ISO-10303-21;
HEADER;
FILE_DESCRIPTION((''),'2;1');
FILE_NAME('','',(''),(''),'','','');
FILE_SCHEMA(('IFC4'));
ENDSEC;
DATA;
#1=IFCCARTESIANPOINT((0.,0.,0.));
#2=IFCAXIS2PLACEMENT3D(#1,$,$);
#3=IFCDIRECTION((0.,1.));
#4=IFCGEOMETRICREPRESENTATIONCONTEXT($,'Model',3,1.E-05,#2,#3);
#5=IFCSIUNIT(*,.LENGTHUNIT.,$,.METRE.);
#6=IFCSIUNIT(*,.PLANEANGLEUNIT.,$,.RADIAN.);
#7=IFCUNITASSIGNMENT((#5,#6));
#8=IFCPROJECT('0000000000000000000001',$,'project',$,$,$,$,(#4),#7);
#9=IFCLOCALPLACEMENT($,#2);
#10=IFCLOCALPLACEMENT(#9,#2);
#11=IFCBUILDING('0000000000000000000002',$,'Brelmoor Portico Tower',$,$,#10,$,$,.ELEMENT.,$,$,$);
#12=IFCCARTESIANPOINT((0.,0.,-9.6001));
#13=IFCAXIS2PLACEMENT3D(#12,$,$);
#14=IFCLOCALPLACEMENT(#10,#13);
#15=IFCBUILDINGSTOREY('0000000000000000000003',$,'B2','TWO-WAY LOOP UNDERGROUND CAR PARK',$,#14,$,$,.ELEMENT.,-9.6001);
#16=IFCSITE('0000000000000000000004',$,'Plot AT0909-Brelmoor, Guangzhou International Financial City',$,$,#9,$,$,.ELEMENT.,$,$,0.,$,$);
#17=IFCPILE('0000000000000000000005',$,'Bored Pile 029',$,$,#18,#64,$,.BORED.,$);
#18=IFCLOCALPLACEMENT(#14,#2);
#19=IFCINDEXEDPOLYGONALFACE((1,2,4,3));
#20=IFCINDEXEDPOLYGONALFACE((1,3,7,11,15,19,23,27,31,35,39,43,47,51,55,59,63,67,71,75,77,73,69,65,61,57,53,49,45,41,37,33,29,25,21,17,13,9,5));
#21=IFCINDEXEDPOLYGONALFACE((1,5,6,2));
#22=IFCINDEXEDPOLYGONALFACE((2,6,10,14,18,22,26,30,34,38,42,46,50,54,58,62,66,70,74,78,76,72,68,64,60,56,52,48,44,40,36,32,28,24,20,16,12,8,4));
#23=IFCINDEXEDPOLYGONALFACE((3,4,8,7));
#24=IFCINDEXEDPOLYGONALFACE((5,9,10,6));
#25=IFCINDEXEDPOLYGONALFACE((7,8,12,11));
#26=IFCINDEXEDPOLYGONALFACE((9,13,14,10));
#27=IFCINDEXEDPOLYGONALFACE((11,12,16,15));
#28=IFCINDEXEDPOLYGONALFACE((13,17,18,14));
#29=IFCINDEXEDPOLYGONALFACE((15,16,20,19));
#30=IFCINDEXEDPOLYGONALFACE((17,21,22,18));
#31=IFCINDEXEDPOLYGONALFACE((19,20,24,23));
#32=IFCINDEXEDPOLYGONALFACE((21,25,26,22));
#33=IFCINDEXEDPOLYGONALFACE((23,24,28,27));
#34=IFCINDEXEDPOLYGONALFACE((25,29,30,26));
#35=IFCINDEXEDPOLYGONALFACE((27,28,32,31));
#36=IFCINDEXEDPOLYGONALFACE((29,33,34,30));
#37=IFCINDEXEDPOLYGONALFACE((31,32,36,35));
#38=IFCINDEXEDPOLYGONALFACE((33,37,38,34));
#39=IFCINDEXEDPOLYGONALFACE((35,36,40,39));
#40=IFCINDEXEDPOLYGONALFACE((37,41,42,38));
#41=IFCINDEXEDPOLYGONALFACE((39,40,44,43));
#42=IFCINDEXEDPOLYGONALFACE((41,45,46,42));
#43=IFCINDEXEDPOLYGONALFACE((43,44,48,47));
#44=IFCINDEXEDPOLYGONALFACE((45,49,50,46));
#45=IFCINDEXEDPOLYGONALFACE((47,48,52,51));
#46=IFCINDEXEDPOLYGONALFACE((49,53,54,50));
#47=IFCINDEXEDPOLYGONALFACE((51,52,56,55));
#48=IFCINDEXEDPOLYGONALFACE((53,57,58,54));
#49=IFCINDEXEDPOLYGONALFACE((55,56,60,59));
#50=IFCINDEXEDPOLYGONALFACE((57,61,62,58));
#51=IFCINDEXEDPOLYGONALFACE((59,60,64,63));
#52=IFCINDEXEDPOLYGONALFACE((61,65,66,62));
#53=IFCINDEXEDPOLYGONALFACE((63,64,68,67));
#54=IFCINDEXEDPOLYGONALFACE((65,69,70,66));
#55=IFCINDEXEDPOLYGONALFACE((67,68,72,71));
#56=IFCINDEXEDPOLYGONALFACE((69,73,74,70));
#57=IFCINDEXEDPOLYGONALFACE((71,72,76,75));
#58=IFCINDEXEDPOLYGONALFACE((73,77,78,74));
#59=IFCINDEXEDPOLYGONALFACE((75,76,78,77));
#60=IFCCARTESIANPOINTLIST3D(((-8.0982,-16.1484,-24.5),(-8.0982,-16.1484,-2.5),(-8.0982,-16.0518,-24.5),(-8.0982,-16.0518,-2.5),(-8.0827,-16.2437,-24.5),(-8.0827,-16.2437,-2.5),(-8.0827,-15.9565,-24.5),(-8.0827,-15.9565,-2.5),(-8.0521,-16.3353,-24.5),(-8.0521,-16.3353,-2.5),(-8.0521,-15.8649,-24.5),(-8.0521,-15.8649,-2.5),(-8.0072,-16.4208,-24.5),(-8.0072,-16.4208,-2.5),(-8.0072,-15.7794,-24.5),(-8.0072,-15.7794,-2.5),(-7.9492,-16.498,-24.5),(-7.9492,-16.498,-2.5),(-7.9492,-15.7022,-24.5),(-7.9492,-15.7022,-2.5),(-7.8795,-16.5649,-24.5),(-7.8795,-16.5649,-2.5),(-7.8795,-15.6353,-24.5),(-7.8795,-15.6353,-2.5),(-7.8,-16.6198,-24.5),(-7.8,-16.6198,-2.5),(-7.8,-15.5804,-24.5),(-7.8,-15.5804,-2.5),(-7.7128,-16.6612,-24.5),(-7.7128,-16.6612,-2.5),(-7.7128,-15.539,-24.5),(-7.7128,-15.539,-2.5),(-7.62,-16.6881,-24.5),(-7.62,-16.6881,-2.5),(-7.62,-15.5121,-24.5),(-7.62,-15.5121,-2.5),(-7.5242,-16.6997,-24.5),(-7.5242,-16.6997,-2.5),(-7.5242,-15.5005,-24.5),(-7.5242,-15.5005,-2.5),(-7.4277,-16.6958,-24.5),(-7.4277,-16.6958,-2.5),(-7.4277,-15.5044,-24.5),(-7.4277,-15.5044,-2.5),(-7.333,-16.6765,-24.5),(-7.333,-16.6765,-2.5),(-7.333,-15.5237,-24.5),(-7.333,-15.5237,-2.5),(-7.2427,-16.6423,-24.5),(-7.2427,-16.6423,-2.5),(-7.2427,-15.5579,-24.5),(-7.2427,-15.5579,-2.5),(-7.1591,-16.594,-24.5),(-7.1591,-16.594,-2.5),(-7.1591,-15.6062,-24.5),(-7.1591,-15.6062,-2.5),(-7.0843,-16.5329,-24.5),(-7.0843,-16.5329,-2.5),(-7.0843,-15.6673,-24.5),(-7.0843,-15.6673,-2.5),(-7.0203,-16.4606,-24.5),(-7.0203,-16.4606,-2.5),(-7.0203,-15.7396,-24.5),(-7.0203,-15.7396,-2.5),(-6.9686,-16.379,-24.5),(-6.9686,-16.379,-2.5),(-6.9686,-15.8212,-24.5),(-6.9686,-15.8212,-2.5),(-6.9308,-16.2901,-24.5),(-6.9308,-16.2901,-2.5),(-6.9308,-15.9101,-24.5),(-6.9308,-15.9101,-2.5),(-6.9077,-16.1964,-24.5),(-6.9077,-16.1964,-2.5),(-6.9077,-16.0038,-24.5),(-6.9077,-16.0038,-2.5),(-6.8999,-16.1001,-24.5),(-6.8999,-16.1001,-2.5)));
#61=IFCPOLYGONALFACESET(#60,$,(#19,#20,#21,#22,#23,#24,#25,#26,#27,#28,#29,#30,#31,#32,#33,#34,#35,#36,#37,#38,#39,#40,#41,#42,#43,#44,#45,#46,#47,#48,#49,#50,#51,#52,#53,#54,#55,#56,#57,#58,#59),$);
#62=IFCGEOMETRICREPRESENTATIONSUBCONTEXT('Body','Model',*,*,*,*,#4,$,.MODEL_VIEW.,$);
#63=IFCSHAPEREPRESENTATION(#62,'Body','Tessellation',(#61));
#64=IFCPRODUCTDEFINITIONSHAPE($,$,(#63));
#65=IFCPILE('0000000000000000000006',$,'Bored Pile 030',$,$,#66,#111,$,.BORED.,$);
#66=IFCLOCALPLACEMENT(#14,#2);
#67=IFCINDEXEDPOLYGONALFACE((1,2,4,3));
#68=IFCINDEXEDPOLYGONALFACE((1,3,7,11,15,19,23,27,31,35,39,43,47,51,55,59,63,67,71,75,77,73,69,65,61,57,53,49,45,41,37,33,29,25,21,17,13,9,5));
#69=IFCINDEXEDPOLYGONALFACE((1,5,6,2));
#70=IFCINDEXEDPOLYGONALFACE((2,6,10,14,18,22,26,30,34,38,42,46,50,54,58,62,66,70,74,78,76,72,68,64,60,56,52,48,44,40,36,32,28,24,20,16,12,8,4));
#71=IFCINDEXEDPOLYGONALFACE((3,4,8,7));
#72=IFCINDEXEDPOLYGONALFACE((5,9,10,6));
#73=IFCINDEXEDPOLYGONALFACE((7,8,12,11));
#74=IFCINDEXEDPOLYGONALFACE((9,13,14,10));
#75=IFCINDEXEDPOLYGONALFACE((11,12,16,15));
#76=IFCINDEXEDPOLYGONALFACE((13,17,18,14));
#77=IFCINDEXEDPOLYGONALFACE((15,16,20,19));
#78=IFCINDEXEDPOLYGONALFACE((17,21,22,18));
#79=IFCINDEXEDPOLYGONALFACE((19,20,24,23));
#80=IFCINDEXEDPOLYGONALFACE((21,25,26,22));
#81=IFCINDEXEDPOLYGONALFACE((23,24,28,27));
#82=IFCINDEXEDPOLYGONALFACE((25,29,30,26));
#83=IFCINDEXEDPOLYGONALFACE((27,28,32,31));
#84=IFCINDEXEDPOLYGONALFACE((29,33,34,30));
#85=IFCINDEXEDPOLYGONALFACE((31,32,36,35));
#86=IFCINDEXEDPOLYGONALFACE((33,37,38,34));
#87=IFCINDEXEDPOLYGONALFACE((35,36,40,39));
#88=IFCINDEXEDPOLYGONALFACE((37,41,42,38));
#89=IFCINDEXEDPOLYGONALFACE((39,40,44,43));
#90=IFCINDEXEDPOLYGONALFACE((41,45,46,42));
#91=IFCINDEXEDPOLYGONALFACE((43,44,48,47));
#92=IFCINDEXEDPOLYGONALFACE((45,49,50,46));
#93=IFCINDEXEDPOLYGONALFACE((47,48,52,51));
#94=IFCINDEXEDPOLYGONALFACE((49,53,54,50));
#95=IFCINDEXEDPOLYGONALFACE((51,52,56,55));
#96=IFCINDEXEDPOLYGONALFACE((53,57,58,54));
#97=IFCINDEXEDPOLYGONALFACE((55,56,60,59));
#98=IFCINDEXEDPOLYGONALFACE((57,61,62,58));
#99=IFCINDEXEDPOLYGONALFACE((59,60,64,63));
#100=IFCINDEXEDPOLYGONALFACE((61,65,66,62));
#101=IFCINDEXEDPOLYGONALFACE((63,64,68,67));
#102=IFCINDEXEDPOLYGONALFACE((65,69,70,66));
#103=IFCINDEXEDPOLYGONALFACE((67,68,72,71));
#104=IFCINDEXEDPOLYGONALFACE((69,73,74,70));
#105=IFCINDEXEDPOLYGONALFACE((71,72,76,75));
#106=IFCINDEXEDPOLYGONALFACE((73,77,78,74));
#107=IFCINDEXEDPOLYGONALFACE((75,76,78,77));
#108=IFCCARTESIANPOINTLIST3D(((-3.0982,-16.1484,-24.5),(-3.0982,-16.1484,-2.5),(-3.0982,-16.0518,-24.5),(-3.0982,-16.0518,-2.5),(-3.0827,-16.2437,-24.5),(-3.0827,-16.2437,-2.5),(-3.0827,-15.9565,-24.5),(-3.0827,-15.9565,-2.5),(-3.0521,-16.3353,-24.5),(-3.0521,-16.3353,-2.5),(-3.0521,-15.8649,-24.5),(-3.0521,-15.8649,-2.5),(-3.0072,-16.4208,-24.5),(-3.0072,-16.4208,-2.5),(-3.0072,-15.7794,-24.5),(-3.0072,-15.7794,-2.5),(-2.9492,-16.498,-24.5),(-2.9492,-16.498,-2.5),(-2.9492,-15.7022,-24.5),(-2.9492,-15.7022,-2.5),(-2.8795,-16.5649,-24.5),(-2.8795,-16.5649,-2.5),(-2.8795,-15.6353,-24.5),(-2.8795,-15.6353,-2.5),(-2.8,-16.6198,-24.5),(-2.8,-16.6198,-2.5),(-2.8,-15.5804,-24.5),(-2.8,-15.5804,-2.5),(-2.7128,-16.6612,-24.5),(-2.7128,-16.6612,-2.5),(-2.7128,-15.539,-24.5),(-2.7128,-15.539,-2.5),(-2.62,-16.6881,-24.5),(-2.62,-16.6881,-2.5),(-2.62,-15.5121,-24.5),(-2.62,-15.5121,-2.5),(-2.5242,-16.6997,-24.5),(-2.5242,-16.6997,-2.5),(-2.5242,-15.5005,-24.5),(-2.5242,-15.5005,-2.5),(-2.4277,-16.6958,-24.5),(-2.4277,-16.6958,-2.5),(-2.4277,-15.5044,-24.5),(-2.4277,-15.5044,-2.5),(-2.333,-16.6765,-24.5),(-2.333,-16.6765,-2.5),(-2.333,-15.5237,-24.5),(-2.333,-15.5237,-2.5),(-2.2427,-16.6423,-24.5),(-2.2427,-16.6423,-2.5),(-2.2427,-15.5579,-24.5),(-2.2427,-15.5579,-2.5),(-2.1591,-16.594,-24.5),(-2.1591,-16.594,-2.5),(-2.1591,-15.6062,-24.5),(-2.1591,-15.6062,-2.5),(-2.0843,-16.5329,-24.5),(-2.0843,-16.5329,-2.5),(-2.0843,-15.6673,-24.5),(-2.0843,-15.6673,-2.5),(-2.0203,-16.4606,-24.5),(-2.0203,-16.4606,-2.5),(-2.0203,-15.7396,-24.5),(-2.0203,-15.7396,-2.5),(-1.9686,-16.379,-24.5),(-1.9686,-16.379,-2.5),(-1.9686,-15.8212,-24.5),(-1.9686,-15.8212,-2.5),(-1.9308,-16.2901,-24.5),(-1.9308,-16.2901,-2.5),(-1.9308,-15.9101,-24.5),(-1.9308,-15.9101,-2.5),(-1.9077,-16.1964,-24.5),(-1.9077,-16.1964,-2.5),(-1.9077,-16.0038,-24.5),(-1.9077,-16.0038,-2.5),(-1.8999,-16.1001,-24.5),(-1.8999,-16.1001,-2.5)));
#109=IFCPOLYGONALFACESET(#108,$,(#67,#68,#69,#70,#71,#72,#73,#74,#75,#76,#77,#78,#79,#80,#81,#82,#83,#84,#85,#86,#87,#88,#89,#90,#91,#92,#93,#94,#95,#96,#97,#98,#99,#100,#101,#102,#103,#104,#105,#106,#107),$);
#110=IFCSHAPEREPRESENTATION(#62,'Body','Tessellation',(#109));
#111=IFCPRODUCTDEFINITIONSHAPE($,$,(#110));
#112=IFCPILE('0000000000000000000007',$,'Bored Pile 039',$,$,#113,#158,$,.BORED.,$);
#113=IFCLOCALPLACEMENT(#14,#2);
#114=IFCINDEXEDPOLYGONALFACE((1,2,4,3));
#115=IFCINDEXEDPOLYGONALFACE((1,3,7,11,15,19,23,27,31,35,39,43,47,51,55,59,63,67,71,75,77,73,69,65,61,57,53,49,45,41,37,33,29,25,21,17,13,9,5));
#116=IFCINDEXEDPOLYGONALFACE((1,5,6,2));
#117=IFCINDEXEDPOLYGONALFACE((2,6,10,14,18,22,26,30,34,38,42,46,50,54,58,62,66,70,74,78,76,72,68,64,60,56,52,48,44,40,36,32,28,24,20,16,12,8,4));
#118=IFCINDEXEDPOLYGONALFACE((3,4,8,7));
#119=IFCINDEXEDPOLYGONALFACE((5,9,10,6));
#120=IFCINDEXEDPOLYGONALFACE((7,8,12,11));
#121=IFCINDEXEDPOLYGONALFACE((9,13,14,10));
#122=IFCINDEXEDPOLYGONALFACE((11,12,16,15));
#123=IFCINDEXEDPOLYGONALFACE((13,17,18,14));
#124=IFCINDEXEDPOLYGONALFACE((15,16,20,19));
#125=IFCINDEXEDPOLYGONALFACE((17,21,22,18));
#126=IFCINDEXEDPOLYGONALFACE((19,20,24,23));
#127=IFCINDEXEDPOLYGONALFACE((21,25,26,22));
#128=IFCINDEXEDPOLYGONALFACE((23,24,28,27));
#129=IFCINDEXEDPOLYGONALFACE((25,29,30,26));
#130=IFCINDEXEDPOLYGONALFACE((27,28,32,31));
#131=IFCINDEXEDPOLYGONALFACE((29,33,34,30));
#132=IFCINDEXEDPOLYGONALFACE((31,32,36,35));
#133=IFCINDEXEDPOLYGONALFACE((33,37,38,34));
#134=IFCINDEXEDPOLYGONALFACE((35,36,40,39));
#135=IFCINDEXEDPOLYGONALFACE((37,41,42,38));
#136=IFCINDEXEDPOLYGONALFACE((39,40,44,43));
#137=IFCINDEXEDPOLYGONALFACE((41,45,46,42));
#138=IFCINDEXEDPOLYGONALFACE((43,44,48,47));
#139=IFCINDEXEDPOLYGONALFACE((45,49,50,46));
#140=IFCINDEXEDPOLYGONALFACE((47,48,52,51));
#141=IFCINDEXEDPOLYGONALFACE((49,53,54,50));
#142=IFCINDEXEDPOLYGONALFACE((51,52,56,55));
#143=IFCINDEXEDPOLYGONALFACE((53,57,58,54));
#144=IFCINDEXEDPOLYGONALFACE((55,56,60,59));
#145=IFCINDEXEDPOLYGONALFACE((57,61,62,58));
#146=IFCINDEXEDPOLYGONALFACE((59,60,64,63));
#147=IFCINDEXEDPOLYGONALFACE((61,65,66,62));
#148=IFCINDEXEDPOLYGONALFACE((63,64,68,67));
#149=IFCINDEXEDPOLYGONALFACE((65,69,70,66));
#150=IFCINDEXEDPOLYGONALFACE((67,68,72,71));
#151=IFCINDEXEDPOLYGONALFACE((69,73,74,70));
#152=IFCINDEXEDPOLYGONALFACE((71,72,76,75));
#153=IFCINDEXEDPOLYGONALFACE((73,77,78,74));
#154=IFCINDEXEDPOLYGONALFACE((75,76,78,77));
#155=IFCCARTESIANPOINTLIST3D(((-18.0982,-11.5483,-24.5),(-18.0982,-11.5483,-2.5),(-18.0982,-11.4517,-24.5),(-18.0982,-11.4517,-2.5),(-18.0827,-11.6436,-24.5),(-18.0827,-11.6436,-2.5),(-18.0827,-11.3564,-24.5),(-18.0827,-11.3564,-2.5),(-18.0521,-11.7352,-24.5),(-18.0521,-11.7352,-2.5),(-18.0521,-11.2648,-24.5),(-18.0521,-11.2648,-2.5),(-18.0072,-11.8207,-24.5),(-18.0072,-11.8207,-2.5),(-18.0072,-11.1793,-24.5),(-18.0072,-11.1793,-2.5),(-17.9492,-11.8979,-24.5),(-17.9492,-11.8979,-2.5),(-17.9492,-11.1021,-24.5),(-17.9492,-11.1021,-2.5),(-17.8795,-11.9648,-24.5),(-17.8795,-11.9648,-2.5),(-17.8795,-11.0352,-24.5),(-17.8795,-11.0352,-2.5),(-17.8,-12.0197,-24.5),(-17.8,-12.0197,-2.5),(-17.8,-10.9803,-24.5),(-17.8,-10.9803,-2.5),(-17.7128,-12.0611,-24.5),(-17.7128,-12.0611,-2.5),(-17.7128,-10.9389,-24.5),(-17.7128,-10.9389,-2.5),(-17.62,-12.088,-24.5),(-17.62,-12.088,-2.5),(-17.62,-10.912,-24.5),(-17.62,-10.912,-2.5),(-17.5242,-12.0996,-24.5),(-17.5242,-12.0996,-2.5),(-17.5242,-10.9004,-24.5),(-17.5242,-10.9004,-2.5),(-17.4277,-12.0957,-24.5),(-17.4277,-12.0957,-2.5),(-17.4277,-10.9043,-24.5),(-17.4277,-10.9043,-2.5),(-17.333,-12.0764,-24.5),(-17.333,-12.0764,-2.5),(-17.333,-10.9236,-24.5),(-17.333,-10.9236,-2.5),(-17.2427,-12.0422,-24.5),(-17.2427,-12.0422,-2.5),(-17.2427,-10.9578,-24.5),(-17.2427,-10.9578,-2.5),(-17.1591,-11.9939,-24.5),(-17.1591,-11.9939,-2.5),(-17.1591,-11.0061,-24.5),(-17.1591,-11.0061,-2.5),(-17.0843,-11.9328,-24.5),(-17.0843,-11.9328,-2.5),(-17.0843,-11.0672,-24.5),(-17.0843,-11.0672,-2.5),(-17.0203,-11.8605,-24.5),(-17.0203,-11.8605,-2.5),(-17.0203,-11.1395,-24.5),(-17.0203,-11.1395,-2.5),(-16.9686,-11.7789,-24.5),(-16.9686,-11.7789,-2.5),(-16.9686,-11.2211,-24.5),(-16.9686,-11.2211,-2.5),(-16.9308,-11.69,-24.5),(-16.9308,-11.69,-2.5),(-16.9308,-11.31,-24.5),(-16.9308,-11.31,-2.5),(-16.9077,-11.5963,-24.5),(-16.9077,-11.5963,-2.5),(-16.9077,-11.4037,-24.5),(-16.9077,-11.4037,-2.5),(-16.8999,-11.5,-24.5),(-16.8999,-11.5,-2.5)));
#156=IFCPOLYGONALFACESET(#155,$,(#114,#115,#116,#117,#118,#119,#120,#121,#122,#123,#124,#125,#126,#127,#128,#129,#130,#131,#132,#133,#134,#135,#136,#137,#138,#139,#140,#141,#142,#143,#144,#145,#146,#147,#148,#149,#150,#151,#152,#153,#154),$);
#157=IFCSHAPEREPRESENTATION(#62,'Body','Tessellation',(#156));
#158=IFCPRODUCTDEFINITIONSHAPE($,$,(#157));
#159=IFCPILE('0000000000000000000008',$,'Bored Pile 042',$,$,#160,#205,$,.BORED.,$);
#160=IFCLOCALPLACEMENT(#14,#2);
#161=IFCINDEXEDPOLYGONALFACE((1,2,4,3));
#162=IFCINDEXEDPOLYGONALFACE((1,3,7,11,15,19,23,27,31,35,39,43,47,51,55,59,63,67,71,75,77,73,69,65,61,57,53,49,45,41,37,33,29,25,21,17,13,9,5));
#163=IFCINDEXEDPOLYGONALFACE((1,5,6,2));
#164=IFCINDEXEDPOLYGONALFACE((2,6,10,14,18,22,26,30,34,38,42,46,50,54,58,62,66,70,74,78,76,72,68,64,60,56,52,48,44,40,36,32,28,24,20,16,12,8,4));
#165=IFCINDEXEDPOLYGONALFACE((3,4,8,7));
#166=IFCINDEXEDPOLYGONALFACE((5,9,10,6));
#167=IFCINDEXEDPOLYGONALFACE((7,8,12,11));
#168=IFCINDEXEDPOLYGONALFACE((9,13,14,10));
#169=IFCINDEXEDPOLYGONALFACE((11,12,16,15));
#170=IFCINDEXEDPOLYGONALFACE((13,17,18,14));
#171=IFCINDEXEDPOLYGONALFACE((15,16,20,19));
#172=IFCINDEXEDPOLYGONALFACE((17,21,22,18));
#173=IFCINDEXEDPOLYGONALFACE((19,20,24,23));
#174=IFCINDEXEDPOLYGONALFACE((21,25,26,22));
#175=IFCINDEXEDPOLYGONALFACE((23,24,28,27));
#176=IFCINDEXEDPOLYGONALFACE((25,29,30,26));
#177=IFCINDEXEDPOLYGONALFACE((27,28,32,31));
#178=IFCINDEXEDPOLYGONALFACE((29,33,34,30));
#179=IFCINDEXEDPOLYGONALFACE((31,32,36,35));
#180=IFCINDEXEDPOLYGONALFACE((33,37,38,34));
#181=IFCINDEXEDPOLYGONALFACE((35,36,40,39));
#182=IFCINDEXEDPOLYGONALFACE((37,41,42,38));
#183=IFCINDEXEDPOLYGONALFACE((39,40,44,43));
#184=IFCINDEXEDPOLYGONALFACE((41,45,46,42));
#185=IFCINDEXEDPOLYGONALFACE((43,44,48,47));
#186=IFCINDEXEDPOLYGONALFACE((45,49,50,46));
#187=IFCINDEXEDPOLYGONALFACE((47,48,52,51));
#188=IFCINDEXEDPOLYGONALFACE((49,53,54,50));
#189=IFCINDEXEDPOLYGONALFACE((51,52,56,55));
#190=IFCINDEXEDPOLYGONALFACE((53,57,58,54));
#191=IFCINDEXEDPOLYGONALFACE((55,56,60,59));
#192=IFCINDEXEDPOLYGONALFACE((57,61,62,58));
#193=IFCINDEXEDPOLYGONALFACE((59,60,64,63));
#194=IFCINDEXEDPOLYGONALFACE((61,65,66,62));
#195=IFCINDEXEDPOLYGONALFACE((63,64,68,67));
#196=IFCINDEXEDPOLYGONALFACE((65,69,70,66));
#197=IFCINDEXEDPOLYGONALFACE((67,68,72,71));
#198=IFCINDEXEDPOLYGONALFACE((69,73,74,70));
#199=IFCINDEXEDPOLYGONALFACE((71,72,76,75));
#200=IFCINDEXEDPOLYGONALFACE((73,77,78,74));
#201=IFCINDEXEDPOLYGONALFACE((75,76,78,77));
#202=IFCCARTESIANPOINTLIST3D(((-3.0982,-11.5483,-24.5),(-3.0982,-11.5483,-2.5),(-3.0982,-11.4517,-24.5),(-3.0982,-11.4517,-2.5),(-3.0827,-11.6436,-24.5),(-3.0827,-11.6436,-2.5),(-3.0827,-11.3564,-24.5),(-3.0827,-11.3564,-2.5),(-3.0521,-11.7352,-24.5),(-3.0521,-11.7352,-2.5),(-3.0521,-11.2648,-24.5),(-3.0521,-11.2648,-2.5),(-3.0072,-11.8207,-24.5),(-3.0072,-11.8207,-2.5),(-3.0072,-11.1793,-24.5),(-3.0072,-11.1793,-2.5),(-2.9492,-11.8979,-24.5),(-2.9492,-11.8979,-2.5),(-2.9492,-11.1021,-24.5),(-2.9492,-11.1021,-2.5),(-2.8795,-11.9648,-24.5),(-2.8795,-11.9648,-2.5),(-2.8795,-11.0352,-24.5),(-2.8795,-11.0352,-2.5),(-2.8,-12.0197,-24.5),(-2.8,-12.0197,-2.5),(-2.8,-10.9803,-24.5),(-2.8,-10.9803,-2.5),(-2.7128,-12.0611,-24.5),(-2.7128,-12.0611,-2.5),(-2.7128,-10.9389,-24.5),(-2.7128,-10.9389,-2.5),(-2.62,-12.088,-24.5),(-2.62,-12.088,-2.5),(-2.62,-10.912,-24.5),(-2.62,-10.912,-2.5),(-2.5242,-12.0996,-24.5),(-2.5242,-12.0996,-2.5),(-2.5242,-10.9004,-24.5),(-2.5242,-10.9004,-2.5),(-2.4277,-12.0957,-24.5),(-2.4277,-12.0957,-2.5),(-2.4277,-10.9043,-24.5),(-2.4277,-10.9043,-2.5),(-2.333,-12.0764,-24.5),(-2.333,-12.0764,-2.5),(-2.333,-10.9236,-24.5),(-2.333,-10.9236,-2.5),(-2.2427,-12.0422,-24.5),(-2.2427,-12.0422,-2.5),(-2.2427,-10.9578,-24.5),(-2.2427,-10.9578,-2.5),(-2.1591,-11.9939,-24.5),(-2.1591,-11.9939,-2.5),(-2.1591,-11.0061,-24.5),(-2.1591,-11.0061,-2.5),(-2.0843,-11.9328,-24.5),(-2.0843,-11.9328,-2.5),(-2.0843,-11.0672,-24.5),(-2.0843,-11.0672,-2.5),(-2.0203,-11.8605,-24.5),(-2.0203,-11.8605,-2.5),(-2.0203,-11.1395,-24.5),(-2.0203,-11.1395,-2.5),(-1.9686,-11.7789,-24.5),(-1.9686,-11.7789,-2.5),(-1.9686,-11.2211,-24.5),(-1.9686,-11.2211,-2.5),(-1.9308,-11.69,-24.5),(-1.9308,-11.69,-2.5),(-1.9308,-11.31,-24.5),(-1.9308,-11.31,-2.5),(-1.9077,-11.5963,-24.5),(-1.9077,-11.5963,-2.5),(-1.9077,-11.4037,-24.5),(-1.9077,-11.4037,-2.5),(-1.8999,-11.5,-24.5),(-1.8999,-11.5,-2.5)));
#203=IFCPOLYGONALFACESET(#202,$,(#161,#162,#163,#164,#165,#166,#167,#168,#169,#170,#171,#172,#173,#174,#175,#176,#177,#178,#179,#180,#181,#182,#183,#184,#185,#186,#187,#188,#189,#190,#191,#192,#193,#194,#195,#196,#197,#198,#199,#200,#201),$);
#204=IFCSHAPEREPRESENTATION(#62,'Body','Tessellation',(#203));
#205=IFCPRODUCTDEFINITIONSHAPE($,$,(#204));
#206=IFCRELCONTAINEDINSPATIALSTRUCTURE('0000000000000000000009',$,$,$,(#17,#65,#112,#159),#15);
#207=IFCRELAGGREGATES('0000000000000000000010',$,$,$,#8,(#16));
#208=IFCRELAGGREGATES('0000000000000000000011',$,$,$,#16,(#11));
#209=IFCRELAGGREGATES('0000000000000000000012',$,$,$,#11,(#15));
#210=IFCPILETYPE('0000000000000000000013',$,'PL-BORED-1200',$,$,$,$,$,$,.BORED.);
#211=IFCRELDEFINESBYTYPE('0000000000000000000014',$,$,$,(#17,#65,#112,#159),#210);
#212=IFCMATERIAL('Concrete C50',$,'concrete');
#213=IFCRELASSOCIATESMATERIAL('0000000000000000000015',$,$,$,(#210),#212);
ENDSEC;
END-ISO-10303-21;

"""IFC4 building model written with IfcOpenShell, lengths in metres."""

from ifc_helpers import new_model, si_unit, direction, frame, origin, origin_2d, place, context, subcontext, project, spatial, circle, extrude, material, material_profile, profile_set, type_object, element, save


model = new_model("IFC4")

# Units and contexts
model_context = context("Model", 3, precision=1e-05, world=origin(), true_north=direction((0.0, 1.0)))
body_context = subcontext(model_context, "Body", "Model", "MODEL_VIEW")
ifc_project = project(units=[si_unit("LENGTHUNIT", "METRE"), si_unit("PLANEANGLEUNIT", "RADIAN")], contexts=[model_context])

# Site, building, storey
site_placement = place(None, origin())
site = spatial("IfcSite", under=ifc_project, at=site_placement, Name="Plot AT0909-Brelmoor, Guangzhou International Financial City", CompositionType="ELEMENT", RefElevation=0.0)
building_placement = place(site_placement, origin())
building = spatial("IfcBuilding", under=site, at=building_placement, Name="Brelmoor Portico Tower", CompositionType="ELEMENT")
storey_placement = place(building_placement, frame((0.0, 0.0, -9.6001)))
storey = spatial("IfcBuildingStorey", under=building, at=storey_placement, Name="B2", Description="TWO-WAY LOOP UNDERGROUND CAR PARK", CompositionType="ELEMENT", Elevation=-9.6001)

# Shared definitions
ifc_material_1 = material(Name="Concrete C50", Category="concrete")

# Piles
ifc_material_profile_1 = material_profile(ifc_material_1, circle(Radius=0.6001, at=origin_2d()), Name="BORED PILE D1200")
ifc_profile_set_1 = profile_set([ifc_material_profile_1], Name="Concrete C50")
pile_type_1 = type_object("IfcPileType", Name="PL-BORED-1200", PredefinedType="BORED", material=ifc_profile_set_1)
for number, where, z_axis, x_axis, name in (
    (1, (-7.5, -16.1001, -2.5), (0.0, 0.0, -1.0), (1.0, 0.0, 0.0), "Bored Pile 029"),
    (2, (-2.5, -16.1001, -2.5), (0.0, 0.0, -1.0), (1.0, 0.0, 0.0), "Bored Pile 030"),
    (3, (-17.5, -11.5, -2.5), (0.0, 0.0, -1.0), (1.0, 0.0, 0.0), "Bored Pile 039"),
    (4, (-2.5, -11.5, -2.5), (0.0, 0.0, -1.0), (1.0, 0.0, 0.0), "Bored Pile 042"),
):
    element("IfcPile", number, at=place(storey_placement, frame(where, z_axis=z_axis, x_axis=x_axis)), inside=storey, type_object=pile_type_1, Name=name, PredefinedType="BORED", context=body_context, shape_type="SweptSolid", body=[
        extrude(circle(Radius=0.6001, at=origin_2d()), origin(), (0.0, 0.0, 1.0), 22.0),
    ])

save(model, "model.ifc")
